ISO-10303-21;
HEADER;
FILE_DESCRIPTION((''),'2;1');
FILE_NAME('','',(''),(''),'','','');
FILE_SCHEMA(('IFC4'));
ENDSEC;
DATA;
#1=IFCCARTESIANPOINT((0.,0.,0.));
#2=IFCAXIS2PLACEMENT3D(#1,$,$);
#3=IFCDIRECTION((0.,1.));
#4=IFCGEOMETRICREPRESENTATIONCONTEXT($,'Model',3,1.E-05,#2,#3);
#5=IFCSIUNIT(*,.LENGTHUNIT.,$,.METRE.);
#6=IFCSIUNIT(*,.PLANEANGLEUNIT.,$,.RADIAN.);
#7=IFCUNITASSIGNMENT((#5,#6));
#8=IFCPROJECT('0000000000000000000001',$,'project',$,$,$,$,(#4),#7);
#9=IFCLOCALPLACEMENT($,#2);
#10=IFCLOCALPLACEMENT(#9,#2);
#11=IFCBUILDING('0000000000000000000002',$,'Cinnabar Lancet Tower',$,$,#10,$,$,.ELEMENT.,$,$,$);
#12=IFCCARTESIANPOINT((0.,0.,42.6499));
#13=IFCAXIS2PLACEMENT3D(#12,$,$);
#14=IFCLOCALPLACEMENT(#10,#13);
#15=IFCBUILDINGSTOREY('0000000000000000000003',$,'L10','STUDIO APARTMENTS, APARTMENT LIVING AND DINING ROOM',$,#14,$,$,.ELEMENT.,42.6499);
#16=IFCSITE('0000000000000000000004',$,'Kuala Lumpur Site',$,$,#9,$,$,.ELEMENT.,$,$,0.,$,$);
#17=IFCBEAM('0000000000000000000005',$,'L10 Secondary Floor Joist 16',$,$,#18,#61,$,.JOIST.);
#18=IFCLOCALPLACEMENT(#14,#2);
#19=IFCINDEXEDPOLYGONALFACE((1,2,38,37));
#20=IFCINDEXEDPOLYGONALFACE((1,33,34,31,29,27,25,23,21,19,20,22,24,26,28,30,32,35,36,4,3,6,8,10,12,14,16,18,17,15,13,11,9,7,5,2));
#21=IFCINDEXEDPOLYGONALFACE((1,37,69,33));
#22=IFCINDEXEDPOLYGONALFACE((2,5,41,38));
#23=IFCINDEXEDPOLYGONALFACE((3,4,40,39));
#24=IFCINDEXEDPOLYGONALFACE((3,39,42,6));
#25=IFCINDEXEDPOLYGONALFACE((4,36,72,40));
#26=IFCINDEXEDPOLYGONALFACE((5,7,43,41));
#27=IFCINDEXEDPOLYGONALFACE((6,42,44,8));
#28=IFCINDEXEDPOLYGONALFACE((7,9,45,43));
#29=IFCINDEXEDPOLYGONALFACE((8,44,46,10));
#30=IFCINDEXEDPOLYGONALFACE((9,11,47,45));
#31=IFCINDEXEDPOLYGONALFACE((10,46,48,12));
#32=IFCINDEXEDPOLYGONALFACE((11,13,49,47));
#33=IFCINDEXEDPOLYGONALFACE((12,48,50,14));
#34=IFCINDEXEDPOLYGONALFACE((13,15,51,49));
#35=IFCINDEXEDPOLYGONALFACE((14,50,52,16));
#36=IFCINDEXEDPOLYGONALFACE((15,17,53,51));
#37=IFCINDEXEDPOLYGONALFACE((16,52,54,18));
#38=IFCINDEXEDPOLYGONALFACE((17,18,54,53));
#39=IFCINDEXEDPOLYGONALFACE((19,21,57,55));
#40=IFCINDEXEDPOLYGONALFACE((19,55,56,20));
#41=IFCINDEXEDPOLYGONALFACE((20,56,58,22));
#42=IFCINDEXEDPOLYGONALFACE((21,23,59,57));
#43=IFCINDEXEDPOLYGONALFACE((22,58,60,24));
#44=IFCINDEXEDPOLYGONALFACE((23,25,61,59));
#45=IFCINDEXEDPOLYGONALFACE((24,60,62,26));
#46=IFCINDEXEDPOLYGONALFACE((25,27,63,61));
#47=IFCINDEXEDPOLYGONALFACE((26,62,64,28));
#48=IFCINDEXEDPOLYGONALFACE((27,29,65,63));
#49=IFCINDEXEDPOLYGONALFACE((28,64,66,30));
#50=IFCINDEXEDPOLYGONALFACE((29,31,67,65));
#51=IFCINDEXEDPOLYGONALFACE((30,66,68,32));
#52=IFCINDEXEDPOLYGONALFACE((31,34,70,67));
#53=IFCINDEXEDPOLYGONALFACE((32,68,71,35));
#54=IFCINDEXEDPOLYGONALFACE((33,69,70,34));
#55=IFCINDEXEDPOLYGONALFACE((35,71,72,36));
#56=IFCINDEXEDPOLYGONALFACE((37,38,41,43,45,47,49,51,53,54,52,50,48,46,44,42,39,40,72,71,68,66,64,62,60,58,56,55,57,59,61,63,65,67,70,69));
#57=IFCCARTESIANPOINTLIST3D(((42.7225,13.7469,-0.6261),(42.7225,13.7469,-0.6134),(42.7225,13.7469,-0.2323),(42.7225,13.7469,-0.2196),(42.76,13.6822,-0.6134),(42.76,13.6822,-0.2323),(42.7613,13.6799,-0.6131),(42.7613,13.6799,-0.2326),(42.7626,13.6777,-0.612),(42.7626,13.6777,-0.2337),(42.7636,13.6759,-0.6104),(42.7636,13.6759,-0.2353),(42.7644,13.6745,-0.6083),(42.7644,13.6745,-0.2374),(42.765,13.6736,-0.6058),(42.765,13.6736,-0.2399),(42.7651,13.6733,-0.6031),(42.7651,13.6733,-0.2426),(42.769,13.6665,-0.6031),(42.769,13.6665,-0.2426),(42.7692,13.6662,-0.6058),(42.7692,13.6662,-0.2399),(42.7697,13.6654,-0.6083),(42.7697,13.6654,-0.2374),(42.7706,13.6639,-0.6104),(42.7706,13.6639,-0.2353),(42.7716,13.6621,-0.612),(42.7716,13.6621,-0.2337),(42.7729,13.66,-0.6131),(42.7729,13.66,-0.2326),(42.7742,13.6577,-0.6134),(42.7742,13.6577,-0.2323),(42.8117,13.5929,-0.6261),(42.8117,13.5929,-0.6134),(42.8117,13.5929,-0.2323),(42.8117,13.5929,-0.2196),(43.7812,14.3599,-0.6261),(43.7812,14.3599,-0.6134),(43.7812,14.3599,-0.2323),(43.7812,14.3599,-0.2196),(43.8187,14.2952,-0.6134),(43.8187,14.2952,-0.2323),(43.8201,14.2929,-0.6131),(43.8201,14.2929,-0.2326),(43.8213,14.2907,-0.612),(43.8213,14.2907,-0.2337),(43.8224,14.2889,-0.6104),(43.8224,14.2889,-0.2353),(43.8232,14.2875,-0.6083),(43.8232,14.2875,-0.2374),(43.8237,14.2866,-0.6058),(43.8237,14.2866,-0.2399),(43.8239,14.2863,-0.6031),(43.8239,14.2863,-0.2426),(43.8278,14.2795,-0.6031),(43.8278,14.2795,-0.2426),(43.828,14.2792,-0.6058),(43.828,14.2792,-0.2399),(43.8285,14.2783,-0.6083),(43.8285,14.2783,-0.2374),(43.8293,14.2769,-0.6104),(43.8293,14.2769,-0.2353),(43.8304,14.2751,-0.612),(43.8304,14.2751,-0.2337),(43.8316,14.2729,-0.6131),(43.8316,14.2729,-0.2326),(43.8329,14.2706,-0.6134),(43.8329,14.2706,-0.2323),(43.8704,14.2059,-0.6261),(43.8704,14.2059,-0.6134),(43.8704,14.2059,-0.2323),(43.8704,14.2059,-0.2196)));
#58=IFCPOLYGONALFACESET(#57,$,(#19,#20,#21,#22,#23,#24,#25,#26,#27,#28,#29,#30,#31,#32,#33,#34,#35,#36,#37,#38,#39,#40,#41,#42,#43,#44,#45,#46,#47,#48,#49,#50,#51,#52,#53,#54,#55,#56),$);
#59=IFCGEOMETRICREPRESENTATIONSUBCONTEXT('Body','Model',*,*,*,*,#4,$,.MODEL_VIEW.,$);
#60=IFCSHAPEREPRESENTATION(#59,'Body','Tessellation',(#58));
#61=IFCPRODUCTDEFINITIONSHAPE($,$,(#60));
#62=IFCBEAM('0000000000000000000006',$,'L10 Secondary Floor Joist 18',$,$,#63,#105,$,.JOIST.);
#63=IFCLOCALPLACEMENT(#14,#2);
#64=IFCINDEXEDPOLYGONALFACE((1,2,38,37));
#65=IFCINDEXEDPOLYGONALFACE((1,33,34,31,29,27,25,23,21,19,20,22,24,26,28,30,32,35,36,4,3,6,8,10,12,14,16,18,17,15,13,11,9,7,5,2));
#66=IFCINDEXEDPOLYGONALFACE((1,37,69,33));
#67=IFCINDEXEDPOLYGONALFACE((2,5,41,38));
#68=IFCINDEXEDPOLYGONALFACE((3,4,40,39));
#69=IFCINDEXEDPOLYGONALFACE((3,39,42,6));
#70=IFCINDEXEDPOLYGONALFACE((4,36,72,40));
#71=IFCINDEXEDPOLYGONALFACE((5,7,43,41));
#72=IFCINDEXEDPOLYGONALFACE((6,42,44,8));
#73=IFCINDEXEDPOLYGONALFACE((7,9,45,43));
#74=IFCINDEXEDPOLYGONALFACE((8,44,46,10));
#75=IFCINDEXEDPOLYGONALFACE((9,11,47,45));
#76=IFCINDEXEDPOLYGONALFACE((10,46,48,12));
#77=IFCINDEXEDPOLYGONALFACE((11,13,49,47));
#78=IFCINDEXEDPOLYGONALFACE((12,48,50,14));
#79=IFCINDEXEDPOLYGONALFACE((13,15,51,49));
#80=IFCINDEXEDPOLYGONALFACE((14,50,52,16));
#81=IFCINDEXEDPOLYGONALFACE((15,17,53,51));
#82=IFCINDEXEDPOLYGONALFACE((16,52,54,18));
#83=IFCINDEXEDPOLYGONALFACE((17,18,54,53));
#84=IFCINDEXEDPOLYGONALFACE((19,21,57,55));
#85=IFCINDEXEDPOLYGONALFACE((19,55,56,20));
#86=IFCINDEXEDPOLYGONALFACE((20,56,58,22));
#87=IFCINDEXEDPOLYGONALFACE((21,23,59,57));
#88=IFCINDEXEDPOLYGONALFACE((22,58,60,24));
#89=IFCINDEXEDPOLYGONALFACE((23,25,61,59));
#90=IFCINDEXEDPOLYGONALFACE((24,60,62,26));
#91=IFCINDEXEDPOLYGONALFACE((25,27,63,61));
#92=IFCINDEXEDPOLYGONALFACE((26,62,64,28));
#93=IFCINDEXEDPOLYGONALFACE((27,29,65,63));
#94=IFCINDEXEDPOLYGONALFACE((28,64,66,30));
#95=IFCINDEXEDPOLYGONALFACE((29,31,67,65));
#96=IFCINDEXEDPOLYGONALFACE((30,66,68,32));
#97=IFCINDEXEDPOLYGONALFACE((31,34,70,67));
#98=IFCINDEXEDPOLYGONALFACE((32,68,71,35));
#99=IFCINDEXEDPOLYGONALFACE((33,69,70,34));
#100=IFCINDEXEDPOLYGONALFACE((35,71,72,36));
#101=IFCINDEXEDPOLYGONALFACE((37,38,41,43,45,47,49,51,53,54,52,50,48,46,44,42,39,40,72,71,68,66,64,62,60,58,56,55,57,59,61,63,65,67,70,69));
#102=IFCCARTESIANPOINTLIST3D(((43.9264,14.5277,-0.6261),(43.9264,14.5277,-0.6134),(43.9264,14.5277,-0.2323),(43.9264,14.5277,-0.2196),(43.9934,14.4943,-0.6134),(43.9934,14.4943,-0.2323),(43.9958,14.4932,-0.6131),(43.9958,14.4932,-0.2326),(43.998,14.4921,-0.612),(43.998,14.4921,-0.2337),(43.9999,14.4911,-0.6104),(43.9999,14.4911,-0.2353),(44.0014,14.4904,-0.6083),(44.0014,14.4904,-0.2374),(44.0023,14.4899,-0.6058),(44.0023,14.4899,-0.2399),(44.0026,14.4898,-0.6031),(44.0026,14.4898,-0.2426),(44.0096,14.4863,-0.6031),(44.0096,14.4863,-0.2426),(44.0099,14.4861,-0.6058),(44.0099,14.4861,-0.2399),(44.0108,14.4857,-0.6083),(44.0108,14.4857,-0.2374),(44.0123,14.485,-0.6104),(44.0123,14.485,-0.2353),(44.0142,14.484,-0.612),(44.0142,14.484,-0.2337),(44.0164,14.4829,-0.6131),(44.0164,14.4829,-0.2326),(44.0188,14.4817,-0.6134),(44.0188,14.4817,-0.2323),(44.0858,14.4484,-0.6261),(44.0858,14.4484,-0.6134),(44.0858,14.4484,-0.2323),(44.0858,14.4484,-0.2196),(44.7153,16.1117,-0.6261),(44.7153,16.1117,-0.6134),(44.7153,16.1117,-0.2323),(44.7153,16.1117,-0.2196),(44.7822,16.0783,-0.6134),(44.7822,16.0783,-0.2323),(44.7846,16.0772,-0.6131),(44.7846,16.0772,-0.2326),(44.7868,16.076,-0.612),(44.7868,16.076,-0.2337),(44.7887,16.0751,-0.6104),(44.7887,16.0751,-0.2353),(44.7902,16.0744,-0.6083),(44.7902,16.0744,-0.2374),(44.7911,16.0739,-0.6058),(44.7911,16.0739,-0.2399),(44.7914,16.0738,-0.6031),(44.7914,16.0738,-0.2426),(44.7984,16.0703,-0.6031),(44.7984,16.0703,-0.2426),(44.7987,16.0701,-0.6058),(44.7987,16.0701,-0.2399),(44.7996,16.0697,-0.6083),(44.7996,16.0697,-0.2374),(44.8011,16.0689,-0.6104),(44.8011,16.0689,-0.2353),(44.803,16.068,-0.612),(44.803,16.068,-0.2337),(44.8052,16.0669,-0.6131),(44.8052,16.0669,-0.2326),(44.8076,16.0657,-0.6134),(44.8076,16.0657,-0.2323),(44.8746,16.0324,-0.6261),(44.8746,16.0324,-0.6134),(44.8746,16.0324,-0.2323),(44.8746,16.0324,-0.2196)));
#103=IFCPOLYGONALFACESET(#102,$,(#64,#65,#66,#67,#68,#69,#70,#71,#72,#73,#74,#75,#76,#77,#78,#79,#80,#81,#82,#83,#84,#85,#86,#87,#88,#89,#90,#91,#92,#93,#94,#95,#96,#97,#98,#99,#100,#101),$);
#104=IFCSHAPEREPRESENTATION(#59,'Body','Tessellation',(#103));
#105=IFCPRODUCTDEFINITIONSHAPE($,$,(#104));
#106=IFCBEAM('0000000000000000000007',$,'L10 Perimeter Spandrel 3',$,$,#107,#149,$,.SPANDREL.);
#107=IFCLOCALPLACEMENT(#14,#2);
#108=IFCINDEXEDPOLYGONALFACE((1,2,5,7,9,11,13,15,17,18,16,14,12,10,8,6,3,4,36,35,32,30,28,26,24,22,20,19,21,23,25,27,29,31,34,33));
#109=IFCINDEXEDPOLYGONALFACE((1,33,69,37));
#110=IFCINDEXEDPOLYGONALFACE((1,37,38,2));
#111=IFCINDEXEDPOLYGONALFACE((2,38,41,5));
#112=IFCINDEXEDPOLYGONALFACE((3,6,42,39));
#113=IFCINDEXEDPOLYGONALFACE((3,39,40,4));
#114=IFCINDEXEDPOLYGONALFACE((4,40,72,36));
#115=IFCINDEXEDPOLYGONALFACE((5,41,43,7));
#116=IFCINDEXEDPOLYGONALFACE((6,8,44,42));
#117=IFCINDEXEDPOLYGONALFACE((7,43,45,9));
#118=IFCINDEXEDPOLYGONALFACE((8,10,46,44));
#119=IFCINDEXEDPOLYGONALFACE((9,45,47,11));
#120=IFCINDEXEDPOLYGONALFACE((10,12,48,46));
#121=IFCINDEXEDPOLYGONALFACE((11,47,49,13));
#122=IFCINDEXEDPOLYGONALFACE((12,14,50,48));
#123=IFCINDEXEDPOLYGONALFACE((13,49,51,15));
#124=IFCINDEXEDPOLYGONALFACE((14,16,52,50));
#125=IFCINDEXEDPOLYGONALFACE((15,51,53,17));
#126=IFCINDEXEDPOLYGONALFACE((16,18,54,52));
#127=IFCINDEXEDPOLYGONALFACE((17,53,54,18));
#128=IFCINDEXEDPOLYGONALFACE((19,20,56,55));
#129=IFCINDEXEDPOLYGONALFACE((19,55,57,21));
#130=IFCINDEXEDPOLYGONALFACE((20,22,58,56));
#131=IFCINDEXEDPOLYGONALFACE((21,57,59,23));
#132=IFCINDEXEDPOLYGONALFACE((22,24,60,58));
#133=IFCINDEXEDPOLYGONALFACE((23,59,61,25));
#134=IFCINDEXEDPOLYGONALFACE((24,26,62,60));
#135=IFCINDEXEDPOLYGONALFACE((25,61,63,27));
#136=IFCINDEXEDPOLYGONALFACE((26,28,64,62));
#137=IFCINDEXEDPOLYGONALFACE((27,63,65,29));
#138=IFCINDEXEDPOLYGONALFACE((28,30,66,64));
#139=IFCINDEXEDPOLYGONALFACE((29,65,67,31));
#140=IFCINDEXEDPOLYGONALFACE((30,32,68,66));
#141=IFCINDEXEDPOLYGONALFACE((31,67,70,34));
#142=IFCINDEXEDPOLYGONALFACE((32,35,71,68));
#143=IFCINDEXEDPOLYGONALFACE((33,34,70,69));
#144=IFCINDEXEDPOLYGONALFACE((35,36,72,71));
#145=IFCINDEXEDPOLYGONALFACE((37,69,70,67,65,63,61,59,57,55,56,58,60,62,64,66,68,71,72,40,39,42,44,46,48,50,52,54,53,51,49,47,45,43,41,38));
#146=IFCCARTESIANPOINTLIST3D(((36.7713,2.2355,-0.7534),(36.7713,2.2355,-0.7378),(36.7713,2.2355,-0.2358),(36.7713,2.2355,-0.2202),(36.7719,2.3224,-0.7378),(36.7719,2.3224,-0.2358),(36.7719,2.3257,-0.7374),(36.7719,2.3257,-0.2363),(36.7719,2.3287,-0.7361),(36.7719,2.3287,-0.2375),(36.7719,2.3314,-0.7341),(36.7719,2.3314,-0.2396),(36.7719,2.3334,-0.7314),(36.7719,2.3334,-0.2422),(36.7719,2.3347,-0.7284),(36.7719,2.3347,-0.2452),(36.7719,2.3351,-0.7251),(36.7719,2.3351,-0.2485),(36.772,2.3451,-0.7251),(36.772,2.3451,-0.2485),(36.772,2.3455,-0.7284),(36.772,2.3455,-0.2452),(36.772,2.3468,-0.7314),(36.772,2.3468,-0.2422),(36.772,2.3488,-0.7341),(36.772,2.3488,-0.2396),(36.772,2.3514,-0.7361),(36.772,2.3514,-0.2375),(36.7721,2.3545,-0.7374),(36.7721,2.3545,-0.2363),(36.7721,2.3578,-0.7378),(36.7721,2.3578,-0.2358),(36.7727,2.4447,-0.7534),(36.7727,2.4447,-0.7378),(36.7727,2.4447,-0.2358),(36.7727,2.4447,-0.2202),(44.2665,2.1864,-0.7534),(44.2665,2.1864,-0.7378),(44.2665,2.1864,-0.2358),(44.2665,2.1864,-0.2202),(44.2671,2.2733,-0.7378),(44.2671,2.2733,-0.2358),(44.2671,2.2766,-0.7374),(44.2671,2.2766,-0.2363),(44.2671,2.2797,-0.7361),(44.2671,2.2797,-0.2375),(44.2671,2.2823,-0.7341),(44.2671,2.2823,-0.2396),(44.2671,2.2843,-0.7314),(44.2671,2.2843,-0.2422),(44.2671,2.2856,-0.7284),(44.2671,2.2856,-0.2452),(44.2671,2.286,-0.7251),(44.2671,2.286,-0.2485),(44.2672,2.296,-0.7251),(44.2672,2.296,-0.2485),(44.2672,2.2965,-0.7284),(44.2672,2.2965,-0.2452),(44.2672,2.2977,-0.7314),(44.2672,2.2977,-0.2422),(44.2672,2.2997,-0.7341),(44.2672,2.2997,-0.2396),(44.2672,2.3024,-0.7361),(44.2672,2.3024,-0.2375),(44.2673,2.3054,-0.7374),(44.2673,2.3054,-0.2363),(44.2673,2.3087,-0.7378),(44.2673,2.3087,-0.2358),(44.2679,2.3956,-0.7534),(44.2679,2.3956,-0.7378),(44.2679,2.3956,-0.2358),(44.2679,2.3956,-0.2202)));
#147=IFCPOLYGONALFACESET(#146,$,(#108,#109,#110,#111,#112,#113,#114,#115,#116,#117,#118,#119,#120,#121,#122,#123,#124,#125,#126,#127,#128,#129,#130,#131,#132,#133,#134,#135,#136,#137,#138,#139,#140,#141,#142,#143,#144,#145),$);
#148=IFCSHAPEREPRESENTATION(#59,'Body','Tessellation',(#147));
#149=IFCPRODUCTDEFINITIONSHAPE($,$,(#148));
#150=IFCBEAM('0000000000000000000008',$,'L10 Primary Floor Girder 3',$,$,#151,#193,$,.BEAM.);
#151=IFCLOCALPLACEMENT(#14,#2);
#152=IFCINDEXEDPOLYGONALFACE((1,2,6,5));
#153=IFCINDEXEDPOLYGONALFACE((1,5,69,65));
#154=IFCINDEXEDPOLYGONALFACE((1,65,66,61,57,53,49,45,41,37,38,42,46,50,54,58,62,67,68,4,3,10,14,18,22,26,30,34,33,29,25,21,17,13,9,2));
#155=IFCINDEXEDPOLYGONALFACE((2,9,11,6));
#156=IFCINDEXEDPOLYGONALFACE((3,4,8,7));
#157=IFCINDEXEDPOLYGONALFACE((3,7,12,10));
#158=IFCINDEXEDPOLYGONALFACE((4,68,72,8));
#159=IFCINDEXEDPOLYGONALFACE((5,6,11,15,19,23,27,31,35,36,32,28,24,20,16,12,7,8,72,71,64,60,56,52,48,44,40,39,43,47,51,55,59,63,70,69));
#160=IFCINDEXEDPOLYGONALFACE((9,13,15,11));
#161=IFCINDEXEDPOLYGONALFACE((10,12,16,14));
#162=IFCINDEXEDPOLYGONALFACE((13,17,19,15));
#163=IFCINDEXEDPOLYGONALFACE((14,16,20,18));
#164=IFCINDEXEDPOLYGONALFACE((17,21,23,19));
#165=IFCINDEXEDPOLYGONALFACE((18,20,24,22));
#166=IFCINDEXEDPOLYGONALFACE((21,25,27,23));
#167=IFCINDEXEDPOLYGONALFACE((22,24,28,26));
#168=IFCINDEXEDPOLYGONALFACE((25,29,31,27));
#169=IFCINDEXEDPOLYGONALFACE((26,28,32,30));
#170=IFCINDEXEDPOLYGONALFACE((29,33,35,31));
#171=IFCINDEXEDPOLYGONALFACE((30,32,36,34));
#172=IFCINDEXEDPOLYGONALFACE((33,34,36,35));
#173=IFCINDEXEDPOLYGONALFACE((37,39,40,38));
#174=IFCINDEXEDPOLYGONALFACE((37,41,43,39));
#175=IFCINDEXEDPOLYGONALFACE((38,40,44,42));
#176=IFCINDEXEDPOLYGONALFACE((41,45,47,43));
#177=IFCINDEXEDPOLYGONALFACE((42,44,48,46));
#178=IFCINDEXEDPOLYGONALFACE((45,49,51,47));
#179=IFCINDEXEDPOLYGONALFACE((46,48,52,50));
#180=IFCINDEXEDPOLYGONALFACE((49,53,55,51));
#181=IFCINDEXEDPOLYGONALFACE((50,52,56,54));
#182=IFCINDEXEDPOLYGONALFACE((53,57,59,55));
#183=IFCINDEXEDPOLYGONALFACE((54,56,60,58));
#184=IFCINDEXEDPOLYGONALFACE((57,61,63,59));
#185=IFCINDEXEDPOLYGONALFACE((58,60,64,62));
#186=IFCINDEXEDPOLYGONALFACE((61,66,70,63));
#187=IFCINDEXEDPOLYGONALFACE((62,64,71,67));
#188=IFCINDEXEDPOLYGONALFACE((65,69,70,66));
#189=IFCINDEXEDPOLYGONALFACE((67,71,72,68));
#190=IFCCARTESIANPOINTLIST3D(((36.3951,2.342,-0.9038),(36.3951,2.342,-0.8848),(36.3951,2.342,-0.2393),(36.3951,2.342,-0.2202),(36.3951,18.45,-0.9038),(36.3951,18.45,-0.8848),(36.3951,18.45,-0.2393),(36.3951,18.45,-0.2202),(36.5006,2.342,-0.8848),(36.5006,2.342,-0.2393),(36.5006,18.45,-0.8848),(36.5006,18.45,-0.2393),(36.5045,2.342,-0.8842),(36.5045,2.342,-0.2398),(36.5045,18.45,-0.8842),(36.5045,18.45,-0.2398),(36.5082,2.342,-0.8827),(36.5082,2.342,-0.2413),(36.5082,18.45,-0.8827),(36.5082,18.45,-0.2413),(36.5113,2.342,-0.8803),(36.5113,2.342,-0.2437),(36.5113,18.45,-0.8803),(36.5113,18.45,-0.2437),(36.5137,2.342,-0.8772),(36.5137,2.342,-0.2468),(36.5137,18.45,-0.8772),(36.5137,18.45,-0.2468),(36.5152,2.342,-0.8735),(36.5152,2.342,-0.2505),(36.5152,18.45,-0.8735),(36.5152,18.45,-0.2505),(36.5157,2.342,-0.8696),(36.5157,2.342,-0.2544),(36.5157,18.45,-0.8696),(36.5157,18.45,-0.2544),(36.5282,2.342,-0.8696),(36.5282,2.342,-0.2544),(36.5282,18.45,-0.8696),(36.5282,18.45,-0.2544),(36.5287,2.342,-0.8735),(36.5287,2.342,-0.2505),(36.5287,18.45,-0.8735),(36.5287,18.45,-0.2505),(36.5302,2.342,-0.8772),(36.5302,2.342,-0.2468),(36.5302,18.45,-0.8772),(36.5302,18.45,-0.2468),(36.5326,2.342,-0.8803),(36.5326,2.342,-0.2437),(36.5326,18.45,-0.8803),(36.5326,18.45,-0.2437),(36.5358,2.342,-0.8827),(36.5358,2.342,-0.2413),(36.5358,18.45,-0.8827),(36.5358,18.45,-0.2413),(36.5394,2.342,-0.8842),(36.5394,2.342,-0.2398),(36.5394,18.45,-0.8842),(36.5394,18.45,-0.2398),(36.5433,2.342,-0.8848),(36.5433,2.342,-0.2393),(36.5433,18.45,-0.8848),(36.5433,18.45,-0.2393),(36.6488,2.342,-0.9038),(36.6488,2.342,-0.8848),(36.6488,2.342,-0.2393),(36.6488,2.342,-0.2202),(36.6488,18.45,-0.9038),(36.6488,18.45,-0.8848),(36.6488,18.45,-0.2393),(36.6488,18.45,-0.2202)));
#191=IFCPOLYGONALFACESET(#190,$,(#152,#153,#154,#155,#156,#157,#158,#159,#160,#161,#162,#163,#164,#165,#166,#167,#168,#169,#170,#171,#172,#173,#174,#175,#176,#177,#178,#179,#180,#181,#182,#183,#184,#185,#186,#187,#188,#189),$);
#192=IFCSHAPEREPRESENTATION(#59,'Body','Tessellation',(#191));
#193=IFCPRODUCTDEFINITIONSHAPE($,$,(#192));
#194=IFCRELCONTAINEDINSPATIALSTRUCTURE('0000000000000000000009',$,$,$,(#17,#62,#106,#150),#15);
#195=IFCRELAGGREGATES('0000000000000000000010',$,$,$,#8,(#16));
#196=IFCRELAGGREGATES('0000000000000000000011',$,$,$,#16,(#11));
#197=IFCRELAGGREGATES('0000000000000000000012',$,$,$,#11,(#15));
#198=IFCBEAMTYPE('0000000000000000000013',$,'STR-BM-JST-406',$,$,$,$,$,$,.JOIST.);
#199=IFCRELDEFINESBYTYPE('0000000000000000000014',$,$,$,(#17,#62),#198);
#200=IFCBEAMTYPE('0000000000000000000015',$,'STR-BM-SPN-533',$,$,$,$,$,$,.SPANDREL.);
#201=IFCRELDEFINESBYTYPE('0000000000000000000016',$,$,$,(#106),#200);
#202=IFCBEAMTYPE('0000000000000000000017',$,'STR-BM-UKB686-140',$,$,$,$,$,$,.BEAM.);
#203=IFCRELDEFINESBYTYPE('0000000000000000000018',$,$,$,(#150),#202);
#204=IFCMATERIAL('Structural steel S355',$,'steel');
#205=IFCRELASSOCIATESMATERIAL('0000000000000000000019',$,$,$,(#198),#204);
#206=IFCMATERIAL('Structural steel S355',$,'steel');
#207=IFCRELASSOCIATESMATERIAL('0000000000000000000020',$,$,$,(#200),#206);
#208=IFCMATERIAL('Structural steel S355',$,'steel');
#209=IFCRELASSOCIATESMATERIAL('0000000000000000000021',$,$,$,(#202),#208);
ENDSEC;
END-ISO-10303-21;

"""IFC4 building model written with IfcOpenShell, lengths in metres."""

from ifc_helpers import new_model, si_unit, direction, frame, origin, origin_2d, place, context, subcontext, project, spatial, i_section, extrude, material, material_profile, profile_set, type_object, element, save


model = new_model("IFC4")

# Units and contexts
model_context = context("Model", 3, precision=1e-05, world=origin(), true_north=direction((0.0, 1.0)))
body_context = subcontext(model_context, "Body", "Model", "MODEL_VIEW")
ifc_project = project(units=[si_unit("LENGTHUNIT", "METRE"), si_unit("PLANEANGLEUNIT", "RADIAN")], contexts=[model_context])

# Site, building, storey
site_placement = place(None, origin())
site = spatial("IfcSite", under=ifc_project, at=site_placement, Name="Kuala Lumpur Site", CompositionType="ELEMENT", RefElevation=0.0)
building_placement = place(site_placement, origin())
building = spatial("IfcBuilding", under=site, at=building_placement, Name="Cinnabar Lancet Tower", CompositionType="ELEMENT")
storey_placement = place(building_placement, frame((0.0, 0.0, 42.6499)))
storey = spatial("IfcBuildingStorey", under=building, at=storey_placement, Name="L10", Description="STUDIO APARTMENTS, APARTMENT LIVING AND DINING ROOM", CompositionType="ELEMENT", Elevation=42.6499)

# Beams
ifc_material_1 = material(Name="Structural steel S355", Category="steel")
ifc_material_profile_1 = material_profile(ifc_material_1, i_section(OverallWidth=0.178, OverallDepth=0.4065, WebThickness=0.0078, FlangeThickness=0.0127, FilletRadius=0.0103, at=origin_2d()), Name="UKB 406x178x60")
ifc_profile_set_1 = profile_set([ifc_material_profile_1], Name="Structural steel S355")
beam_type_1 = type_object("IfcBeamType", Name="STR-BM-JST-406", PredefinedType="JOIST", material=ifc_profile_set_1)
beam_1_placement = place(storey_placement, frame((42.7671, 13.6699, -0.4229), z_axis=(0.865417, 0.501052, 0.0), x_axis=(-0.501052, 0.865417, 0.0)))
element("IfcBeam", 1, at=beam_1_placement, inside=storey, type_object=beam_type_1, Name="L10 Secondary Floor Joist 16", PredefinedType="JOIST", context=body_context, shape_type="SweptSolid", body=[
    extrude(i_section(OverallWidth=0.178, OverallDepth=0.4065, WebThickness=0.0078, FlangeThickness=0.0127, FilletRadius=0.0103, at=origin_2d()), origin(), (0.0, 0.0, 1.0), 1.2234),
])
beam_2_placement = place(storey_placement, frame((44.0061, 14.488, -0.4229), z_axis=(0.445778, 0.895143, 0.0), x_axis=(-0.895143, 0.445778, 0.0)))
element("IfcBeam", 2, at=beam_2_placement, inside=storey, type_object=beam_type_1, Name="L10 Secondary Floor Joist 18", PredefinedType="JOIST", context=body_context, shape_type="SweptSolid", body=[
    extrude(i_section(OverallWidth=0.178, OverallDepth=0.4065, WebThickness=0.0078, FlangeThickness=0.0127, FilletRadius=0.0103, at=origin_2d()), origin(), (0.0, 0.0, 1.0), 1.7695),
])
ifc_material_2 = material(Name="Structural steel S355", Category="steel")
ifc_material_profile_2 = material_profile(ifc_material_2, i_section(OverallWidth=0.2092, OverallDepth=0.5332, WebThickness=0.01, FlangeThickness=0.0156, FilletRadius=0.0127, at=origin_2d()), Name="UKB 533x210x92")
ifc_profile_set_2 = profile_set([ifc_material_profile_2], Name="Structural steel S355")
beam_type_2 = type_object("IfcBeamType", Name="STR-BM-SPN-533", PredefinedType="SPANDREL", material=ifc_profile_set_2)
beam_3_placement = place(storey_placement, frame((36.772, 2.3401, -0.4868), z_axis=(0.999979, -0.006547, 0.0), x_axis=(0.006547, 0.999979, 0.0)))
element("IfcBeam", 3, at=beam_3_placement, inside=storey, type_object=beam_type_2, Name="L10 Perimeter Spandrel 3", PredefinedType="SPANDREL", context=body_context, shape_type="SweptSolid", body=[
    extrude(i_section(OverallWidth=0.2092, OverallDepth=0.5332, WebThickness=0.01, FlangeThickness=0.0156, FilletRadius=0.0127, at=origin_2d()), origin(), (0.0, 0.0, 1.0), 7.4954),
])
ifc_material_3 = material(Name="Structural steel S355", Category="steel")
ifc_material_profile_3 = material_profile(ifc_material_3, i_section(OverallWidth=0.2537, OverallDepth=0.6836, WebThickness=0.0125, FlangeThickness=0.019, FilletRadius=0.0151, at=origin_2d()), Name="UKB 686x254x140")
ifc_profile_set_3 = profile_set([ifc_material_profile_3], Name="Structural steel S355")
beam_type_3 = type_object("IfcBeamType", Name="STR-BM-UKB686-140", PredefinedType="BEAM", material=ifc_profile_set_3)
beam_4_placement = place(storey_placement, frame((36.522, 2.342, -0.562), z_axis=(0.0, 1.0, 0.0), x_axis=(-1.0, 0.0, 0.0)))
element("IfcBeam", 4, at=beam_4_placement, inside=storey, type_object=beam_type_3, Name="L10 Primary Floor Girder 3", PredefinedType="BEAM", context=body_context, shape_type="SweptSolid", body=[
    extrude(i_section(OverallWidth=0.2537, OverallDepth=0.6836, WebThickness=0.0125, FlangeThickness=0.019, FilletRadius=0.0151, at=origin_2d()), origin(), (0.0, 0.0, 1.0), 16.1079),
])

save(model, "model.ifc")
